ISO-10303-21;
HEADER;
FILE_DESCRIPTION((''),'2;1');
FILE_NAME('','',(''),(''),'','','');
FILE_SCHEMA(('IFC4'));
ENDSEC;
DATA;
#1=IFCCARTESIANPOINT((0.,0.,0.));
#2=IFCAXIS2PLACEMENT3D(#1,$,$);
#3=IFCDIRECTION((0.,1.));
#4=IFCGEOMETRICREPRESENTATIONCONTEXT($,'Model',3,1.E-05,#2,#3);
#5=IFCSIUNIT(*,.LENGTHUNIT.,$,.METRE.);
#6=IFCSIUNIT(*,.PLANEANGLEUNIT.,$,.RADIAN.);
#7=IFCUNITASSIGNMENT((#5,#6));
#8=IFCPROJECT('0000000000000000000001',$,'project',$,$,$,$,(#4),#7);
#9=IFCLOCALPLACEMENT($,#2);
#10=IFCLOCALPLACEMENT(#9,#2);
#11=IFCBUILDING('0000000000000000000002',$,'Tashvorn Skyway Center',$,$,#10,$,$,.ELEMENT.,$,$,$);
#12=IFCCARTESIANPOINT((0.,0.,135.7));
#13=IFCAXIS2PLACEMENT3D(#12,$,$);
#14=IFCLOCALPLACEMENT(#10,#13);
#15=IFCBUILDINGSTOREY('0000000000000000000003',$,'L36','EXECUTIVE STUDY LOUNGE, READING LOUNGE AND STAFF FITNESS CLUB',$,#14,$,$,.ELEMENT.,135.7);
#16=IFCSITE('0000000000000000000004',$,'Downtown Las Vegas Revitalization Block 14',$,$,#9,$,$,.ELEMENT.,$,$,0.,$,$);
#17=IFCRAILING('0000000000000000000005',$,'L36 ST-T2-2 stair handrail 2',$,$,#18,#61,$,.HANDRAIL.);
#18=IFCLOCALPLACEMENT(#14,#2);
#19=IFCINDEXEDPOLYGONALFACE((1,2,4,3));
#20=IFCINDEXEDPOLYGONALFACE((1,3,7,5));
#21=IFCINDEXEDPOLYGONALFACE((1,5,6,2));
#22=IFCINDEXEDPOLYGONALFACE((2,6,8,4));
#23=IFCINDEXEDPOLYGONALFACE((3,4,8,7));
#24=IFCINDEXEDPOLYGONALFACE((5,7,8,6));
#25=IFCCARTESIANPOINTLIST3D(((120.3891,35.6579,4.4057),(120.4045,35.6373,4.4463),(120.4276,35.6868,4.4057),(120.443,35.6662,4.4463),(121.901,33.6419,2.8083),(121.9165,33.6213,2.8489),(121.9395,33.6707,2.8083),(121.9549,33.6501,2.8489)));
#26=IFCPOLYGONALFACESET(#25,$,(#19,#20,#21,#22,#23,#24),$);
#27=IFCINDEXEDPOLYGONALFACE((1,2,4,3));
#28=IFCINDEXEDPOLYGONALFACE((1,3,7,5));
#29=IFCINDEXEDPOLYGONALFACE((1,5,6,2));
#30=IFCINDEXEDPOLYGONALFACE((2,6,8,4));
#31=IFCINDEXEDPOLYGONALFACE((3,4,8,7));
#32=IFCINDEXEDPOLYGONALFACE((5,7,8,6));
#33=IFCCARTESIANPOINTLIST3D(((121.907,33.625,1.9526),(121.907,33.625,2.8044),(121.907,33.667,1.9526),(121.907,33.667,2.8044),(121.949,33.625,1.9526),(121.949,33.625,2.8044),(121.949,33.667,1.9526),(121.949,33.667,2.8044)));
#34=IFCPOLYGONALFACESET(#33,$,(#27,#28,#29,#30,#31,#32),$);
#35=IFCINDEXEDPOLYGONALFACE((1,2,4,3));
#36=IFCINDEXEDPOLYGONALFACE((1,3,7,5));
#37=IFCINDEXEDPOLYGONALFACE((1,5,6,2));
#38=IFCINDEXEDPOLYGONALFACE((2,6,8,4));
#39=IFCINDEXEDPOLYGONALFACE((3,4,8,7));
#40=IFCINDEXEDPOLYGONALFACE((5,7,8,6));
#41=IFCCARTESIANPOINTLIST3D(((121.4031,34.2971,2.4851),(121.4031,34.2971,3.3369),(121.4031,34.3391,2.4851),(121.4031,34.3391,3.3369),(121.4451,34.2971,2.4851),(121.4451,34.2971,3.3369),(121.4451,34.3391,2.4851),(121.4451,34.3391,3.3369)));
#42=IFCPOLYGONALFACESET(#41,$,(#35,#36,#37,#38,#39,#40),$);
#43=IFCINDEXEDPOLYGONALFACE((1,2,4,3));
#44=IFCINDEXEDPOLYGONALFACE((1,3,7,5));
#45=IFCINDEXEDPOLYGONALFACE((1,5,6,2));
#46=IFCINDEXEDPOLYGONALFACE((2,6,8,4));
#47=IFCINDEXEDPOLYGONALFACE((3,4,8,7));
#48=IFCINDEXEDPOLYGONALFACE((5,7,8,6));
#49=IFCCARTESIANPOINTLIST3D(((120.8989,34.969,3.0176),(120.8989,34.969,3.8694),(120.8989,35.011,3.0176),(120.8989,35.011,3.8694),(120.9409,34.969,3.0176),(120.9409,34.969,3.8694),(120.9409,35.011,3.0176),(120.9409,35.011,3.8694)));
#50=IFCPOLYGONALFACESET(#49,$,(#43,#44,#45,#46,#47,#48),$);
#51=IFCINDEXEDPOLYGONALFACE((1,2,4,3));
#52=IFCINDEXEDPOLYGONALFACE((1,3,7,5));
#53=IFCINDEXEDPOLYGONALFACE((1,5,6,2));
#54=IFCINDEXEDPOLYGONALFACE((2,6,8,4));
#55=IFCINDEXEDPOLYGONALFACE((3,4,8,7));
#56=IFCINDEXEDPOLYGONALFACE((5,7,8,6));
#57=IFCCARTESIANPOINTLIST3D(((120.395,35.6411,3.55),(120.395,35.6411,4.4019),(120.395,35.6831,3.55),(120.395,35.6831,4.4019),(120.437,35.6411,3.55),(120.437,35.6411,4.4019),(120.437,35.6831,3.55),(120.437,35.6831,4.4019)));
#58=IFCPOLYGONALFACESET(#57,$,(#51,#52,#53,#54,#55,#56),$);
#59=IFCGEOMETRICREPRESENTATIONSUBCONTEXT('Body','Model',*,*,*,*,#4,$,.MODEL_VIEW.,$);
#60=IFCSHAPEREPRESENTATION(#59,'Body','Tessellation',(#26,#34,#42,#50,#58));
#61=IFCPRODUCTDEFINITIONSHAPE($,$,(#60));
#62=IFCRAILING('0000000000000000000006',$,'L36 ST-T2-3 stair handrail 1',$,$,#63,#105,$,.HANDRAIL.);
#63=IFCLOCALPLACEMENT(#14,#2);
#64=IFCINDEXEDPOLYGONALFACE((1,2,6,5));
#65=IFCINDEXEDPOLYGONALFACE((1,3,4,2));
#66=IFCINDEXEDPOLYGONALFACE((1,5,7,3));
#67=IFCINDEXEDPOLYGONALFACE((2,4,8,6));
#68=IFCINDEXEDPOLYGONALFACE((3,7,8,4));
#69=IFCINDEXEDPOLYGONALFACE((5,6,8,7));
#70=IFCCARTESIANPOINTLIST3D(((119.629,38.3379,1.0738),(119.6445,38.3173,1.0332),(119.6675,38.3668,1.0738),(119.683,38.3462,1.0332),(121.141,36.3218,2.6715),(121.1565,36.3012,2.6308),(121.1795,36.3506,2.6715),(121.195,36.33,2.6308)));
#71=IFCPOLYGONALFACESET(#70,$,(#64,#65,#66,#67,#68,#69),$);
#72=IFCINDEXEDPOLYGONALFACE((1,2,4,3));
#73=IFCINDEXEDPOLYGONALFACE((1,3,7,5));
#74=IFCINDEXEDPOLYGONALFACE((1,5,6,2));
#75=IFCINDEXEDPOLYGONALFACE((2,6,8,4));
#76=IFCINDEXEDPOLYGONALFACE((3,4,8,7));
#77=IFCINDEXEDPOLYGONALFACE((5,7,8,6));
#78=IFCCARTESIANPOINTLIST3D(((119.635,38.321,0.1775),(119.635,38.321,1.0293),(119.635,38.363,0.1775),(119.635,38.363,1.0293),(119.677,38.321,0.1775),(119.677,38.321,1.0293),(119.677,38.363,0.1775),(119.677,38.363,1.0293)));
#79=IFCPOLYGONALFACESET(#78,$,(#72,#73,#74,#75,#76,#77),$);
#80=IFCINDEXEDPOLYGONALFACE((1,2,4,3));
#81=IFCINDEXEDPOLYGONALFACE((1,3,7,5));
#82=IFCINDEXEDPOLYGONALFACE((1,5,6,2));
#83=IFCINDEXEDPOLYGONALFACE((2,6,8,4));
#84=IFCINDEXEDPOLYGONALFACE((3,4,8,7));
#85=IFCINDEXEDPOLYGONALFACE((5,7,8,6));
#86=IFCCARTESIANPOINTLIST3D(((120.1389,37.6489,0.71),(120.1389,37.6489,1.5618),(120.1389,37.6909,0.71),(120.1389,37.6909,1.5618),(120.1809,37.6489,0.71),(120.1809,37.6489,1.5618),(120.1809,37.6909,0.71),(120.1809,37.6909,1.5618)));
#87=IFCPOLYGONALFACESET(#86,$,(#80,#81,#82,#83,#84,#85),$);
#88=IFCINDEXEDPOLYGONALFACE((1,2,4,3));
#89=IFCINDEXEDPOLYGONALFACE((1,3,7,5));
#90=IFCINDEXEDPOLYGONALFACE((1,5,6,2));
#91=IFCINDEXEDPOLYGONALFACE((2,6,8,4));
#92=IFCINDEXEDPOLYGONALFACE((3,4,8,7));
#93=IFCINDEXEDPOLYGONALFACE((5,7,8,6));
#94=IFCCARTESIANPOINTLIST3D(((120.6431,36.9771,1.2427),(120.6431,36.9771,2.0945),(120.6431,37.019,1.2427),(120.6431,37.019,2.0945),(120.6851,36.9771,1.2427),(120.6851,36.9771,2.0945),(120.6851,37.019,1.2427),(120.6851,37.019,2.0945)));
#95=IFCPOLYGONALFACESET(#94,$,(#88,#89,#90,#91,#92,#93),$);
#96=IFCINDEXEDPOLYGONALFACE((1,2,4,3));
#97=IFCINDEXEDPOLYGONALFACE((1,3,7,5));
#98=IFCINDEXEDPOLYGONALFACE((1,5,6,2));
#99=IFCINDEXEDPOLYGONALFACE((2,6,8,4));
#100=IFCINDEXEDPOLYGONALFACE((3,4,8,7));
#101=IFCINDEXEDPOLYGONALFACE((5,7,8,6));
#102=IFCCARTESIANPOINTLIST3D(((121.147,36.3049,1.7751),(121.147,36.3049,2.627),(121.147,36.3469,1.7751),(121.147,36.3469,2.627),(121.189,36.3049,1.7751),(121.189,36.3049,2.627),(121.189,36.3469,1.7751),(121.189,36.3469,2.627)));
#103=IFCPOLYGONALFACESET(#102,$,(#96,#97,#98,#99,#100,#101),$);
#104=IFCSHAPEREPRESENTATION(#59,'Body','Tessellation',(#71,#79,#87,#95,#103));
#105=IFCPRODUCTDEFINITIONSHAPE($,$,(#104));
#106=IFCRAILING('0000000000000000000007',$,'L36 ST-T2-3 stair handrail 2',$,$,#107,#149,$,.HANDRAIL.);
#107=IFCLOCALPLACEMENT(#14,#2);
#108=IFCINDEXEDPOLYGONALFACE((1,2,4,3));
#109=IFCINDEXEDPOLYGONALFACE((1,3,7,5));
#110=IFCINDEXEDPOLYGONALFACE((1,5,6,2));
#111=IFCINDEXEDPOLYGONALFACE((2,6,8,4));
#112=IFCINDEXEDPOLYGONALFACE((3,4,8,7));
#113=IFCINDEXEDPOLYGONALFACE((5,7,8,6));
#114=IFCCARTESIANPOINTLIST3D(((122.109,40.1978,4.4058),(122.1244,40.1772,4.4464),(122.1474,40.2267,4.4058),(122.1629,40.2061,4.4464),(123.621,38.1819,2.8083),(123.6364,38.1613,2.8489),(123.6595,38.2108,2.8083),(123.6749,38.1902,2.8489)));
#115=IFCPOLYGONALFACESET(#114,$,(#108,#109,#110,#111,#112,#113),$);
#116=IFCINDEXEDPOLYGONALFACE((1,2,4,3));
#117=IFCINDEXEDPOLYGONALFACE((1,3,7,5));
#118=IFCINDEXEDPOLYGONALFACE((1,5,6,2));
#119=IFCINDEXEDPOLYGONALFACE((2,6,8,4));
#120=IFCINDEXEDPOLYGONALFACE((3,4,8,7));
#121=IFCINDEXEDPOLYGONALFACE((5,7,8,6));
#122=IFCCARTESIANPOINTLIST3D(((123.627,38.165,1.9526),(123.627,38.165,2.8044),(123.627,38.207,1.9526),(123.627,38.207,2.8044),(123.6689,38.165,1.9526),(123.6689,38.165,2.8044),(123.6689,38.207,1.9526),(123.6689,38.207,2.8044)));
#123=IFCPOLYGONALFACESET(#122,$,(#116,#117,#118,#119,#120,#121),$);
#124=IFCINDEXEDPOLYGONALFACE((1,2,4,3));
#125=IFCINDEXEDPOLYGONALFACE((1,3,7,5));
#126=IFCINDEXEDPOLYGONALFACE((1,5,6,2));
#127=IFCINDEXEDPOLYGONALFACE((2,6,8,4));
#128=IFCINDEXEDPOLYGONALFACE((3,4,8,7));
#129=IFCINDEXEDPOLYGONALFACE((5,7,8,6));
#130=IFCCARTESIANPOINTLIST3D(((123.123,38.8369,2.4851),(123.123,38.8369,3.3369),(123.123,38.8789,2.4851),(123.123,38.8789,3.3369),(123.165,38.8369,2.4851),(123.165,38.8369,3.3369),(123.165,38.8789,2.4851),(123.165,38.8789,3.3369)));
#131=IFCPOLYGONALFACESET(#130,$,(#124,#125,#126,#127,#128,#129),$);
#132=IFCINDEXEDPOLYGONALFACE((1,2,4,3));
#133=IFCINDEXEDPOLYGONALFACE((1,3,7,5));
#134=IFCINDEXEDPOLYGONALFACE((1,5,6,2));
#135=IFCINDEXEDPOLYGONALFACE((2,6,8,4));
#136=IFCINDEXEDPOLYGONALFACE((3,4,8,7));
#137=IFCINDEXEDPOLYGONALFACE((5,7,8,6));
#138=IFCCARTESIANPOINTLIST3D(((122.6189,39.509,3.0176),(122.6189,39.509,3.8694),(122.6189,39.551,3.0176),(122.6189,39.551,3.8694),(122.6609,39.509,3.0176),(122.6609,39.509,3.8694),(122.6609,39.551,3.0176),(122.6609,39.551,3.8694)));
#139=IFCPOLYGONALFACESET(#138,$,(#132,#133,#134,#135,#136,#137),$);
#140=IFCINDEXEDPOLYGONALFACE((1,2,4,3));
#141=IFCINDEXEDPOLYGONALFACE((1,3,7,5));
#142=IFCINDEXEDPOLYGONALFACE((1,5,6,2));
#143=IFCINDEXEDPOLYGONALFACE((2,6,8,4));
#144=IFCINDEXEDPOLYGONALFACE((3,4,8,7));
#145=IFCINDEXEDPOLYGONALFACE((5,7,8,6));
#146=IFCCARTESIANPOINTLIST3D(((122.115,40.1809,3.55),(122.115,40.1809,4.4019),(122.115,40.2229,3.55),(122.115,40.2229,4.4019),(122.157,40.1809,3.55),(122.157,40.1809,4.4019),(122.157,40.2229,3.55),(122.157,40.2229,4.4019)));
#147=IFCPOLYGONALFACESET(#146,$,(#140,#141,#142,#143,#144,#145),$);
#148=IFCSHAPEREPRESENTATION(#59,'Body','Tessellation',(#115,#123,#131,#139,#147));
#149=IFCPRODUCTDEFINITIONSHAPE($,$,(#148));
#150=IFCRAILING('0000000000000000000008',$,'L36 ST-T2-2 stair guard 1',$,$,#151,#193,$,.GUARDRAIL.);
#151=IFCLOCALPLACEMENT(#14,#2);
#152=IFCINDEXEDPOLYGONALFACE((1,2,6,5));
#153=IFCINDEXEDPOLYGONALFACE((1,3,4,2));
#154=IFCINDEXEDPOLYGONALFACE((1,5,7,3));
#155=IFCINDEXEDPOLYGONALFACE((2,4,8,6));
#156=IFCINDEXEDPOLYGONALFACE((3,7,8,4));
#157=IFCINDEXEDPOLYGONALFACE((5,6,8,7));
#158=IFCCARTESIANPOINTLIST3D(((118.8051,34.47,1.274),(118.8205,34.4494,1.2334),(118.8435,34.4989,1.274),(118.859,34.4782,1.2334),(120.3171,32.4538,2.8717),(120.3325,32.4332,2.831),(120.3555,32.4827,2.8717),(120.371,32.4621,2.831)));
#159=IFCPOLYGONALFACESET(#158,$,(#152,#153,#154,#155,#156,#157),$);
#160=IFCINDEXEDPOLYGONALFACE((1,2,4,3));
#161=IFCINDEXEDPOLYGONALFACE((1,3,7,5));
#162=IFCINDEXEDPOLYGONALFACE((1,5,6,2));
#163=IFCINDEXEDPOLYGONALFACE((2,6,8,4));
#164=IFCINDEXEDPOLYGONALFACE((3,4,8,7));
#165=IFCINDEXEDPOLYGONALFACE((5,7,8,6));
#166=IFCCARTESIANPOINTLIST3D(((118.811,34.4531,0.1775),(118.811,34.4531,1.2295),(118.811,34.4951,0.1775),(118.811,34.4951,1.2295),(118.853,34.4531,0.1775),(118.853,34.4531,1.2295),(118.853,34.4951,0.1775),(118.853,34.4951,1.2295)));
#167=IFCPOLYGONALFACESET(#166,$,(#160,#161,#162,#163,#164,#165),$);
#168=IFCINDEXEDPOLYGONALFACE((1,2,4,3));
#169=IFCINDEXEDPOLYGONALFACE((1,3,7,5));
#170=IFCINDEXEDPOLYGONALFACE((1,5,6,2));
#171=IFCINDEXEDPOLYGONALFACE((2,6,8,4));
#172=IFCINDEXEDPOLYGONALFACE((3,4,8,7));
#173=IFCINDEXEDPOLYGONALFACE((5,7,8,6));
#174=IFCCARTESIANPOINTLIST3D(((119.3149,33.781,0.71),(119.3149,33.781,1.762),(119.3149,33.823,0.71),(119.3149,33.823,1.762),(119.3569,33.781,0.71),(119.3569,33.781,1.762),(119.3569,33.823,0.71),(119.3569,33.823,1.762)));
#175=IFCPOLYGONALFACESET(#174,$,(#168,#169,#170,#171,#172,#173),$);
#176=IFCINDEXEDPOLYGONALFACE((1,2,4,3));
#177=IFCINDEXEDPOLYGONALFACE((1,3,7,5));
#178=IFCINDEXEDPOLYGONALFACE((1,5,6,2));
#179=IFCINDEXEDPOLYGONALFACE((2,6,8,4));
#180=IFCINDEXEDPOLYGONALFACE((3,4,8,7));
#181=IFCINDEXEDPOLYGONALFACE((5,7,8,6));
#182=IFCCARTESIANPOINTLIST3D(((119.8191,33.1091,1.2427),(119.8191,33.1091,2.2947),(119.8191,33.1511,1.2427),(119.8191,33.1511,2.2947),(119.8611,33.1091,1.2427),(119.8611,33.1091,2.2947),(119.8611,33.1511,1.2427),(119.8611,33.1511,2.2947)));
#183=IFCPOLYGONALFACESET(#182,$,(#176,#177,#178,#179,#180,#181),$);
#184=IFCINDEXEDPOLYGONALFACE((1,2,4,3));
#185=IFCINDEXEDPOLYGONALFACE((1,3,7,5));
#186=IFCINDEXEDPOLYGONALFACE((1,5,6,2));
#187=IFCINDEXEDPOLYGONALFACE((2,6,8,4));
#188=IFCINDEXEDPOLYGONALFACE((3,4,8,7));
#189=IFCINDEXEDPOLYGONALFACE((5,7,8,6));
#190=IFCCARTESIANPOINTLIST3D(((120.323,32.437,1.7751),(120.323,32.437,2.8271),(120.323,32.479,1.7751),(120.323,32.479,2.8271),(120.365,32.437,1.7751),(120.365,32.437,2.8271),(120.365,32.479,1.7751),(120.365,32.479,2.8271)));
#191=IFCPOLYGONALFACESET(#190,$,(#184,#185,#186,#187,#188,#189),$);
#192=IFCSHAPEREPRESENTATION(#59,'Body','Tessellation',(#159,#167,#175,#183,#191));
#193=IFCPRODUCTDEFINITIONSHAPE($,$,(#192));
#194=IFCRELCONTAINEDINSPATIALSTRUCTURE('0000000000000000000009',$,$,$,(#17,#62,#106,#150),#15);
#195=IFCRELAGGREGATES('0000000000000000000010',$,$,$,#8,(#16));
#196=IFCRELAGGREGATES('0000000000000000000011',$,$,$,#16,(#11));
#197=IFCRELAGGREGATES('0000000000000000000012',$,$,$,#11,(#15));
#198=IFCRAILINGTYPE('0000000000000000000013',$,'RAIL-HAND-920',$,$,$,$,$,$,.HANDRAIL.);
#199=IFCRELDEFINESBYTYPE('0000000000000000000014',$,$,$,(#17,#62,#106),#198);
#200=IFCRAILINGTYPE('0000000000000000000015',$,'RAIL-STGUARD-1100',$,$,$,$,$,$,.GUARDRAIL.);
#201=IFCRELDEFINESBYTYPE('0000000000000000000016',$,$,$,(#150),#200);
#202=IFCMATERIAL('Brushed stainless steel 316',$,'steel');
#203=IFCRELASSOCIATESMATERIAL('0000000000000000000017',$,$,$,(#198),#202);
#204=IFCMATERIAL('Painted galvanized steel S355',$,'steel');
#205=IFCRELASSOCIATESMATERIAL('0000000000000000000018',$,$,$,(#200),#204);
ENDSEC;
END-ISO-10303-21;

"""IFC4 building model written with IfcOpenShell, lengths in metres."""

from ifc_helpers import new_model, si_unit, direction, frame, origin, origin_2d, place, context, subcontext, project, spatial, rectangle, extrude, material, type_object, element, save


model = new_model("IFC4")

# Units and contexts
model_context = context("Model", 3, precision=1e-05, world=origin(), true_north=direction((0.0, 1.0)))
body_context = subcontext(model_context, "Body", "Model", "MODEL_VIEW")
ifc_project = project(units=[si_unit("LENGTHUNIT", "METRE"), si_unit("PLANEANGLEUNIT", "RADIAN")], contexts=[model_context])

# Site, building, storey
site_placement = place(None, origin())
site = spatial("IfcSite", under=ifc_project, at=site_placement, Name="Downtown Las Vegas Revitalization Block 14", CompositionType="ELEMENT", RefElevation=0.0)
building_placement = place(site_placement, origin())
building = spatial("IfcBuilding", under=site, at=building_placement, Name="Tashvorn Skyway Center", CompositionType="ELEMENT")
storey_placement = place(building_placement, frame((0.0, 0.0, 135.7)))
storey = spatial("IfcBuildingStorey", under=building, at=storey_placement, Name="L36", Description="EXECUTIVE STUDY LOUNGE, READING LOUNGE AND STAFF FITNESS CLUB", CompositionType="ELEMENT", Elevation=135.7)

# Railings
ifc_material_1 = material(Name="Brushed stainless steel 316", Category="steel")
railing_type_1 = type_object("IfcRailingType", Name="RAIL-HAND-920", PredefinedType="HANDRAIL", material=ifc_material_1)
railing_1_placement = place(storey_placement, frame((121.928, 33.646, 1.9526)))
element("IfcRailing", 1, at=railing_1_placement, inside=storey, type_object=railing_type_1, Name="L36 ST-T2-2 stair handrail 2", PredefinedType="HANDRAIL", context=body_context, shape_type="SweptSolid", body=[
    extrude(rectangle(XDim=0.0481, YDim=0.0481, at=origin_2d()), frame((0.0, 0.0, 0.876), z_axis=(-0.506741, 0.675709, 0.535379), x_axis=(-0.800023, -0.599969, 0.0)), (0.0, 0.0, 1.0), 2.9836),
    extrude(rectangle(XDim=0.042, YDim=0.042, at=origin_2d()), origin(), (0.0, 0.0, 1.0), 0.8518),
    extrude(rectangle(XDim=0.042, YDim=0.042, at=origin_2d()), frame((-0.5039, 0.6721, 0.5325)), (0.0, 0.0, 1.0), 0.8518),
    extrude(rectangle(XDim=0.042, YDim=0.042, at=origin_2d()), frame((-1.0081, 1.344, 1.0649)), (0.0, 0.0, 1.0), 0.8518),
    extrude(rectangle(XDim=0.042, YDim=0.042, at=origin_2d()), frame((-1.512, 2.0161, 1.5974)), (0.0, 0.0, 1.0), 0.8518),
])
railing_2_placement = place(storey_placement, frame((119.656, 38.342, 0.1775)))
element("IfcRailing", 2, at=railing_2_placement, inside=storey, type_object=railing_type_1, Name="L36 ST-T2-3 stair handrail 1", PredefinedType="HANDRAIL", context=body_context, shape_type="SweptSolid", body=[
    extrude(rectangle(XDim=0.0481, YDim=0.0481, at=origin_2d()), frame((0.0, 0.0, 0.876), z_axis=(0.506719, -0.675679, 0.535438), x_axis=(0.800023, 0.599969, 0.0)), (0.0, 0.0, 1.0), 2.9839),
    extrude(rectangle(XDim=0.042, YDim=0.042, at=origin_2d()), origin(), (0.0, 0.0, 1.0), 0.8518),
    extrude(rectangle(XDim=0.042, YDim=0.042, at=origin_2d()), frame((0.5039, -0.6721, 0.5325)), (0.0, 0.0, 1.0), 0.8518),
    extrude(rectangle(XDim=0.042, YDim=0.042, at=origin_2d()), frame((1.0081, -1.344, 1.0652)), (0.0, 0.0, 1.0), 0.8518),
    extrude(rectangle(XDim=0.042, YDim=0.042, at=origin_2d()), frame((1.512, -2.0161, 1.5977)), (0.0, 0.0, 1.0), 0.8518),
])
railing_3_placement = place(storey_placement, frame((123.6479, 38.186, 1.9526)))
element("IfcRailing", 3, at=railing_3_placement, inside=storey, type_object=railing_type_1, Name="L36 ST-T2-3 stair handrail 2", PredefinedType="HANDRAIL", context=body_context, shape_type="SweptSolid", body=[
    extrude(rectangle(XDim=0.0481, YDim=0.0481, at=origin_2d()), frame((0.0, 0.0, 0.876), z_axis=(-0.506769, 0.675664, 0.535409), x_axis=(-0.799988, -0.600016, 0.0)), (0.0, 0.0, 1.0), 2.9836),
    extrude(rectangle(XDim=0.042, YDim=0.042, at=origin_2d()), origin(), (0.0, 0.0, 1.0), 0.8518),
    extrude(rectangle(XDim=0.042, YDim=0.042, at=origin_2d()), frame((-0.5039, 0.6719, 0.5325)), (0.0, 0.0, 1.0), 0.8518),
    extrude(rectangle(XDim=0.042, YDim=0.042, at=origin_2d()), frame((-1.0081, 1.344, 1.0649)), (0.0, 0.0, 1.0), 0.8518),
    extrude(rectangle(XDim=0.042, YDim=0.042, at=origin_2d()), frame((-1.512, 2.0159, 1.5974)), (0.0, 0.0, 1.0), 0.8518),
])
ifc_material_2 = material(Name="Painted galvanized steel S355", Category="steel")
railing_type_2 = type_object("IfcRailingType", Name="RAIL-STGUARD-1100", PredefinedType="GUARDRAIL", material=ifc_material_2)
railing_4_placement = place(storey_placement, frame((118.832, 34.4741, 0.1775)))
element("IfcRailing", 4, at=railing_4_placement, inside=storey, type_object=railing_type_2, Name="L36 ST-T2-2 stair guard 1", PredefinedType="GUARDRAIL", context=body_context, shape_type="SweptSolid", body=[
    extrude(rectangle(XDim=0.0481, YDim=0.0481, at=origin_2d()), frame((0.0, 0.0, 1.0762), z_axis=(0.506719, -0.675679, 0.535438), x_axis=(0.800023, 0.599969, 0.0)), (0.0, 0.0, 1.0), 2.9839),
    extrude(rectangle(XDim=0.042, YDim=0.042, at=origin_2d()), origin(), (0.0, 0.0, 1.0), 1.052),
    extrude(rectangle(XDim=0.042, YDim=0.042, at=origin_2d()), frame((0.5039, -0.6721, 0.5325)), (0.0, 0.0, 1.0), 1.052),
    extrude(rectangle(XDim=0.042, YDim=0.042, at=origin_2d()), frame((1.0081, -1.344, 1.0652)), (0.0, 0.0, 1.0), 1.052),
    extrude(rectangle(XDim=0.042, YDim=0.042, at=origin_2d()), frame((1.512, -2.0161, 1.5977)), (0.0, 0.0, 1.0), 1.052),
])

save(model, "model.ifc")
